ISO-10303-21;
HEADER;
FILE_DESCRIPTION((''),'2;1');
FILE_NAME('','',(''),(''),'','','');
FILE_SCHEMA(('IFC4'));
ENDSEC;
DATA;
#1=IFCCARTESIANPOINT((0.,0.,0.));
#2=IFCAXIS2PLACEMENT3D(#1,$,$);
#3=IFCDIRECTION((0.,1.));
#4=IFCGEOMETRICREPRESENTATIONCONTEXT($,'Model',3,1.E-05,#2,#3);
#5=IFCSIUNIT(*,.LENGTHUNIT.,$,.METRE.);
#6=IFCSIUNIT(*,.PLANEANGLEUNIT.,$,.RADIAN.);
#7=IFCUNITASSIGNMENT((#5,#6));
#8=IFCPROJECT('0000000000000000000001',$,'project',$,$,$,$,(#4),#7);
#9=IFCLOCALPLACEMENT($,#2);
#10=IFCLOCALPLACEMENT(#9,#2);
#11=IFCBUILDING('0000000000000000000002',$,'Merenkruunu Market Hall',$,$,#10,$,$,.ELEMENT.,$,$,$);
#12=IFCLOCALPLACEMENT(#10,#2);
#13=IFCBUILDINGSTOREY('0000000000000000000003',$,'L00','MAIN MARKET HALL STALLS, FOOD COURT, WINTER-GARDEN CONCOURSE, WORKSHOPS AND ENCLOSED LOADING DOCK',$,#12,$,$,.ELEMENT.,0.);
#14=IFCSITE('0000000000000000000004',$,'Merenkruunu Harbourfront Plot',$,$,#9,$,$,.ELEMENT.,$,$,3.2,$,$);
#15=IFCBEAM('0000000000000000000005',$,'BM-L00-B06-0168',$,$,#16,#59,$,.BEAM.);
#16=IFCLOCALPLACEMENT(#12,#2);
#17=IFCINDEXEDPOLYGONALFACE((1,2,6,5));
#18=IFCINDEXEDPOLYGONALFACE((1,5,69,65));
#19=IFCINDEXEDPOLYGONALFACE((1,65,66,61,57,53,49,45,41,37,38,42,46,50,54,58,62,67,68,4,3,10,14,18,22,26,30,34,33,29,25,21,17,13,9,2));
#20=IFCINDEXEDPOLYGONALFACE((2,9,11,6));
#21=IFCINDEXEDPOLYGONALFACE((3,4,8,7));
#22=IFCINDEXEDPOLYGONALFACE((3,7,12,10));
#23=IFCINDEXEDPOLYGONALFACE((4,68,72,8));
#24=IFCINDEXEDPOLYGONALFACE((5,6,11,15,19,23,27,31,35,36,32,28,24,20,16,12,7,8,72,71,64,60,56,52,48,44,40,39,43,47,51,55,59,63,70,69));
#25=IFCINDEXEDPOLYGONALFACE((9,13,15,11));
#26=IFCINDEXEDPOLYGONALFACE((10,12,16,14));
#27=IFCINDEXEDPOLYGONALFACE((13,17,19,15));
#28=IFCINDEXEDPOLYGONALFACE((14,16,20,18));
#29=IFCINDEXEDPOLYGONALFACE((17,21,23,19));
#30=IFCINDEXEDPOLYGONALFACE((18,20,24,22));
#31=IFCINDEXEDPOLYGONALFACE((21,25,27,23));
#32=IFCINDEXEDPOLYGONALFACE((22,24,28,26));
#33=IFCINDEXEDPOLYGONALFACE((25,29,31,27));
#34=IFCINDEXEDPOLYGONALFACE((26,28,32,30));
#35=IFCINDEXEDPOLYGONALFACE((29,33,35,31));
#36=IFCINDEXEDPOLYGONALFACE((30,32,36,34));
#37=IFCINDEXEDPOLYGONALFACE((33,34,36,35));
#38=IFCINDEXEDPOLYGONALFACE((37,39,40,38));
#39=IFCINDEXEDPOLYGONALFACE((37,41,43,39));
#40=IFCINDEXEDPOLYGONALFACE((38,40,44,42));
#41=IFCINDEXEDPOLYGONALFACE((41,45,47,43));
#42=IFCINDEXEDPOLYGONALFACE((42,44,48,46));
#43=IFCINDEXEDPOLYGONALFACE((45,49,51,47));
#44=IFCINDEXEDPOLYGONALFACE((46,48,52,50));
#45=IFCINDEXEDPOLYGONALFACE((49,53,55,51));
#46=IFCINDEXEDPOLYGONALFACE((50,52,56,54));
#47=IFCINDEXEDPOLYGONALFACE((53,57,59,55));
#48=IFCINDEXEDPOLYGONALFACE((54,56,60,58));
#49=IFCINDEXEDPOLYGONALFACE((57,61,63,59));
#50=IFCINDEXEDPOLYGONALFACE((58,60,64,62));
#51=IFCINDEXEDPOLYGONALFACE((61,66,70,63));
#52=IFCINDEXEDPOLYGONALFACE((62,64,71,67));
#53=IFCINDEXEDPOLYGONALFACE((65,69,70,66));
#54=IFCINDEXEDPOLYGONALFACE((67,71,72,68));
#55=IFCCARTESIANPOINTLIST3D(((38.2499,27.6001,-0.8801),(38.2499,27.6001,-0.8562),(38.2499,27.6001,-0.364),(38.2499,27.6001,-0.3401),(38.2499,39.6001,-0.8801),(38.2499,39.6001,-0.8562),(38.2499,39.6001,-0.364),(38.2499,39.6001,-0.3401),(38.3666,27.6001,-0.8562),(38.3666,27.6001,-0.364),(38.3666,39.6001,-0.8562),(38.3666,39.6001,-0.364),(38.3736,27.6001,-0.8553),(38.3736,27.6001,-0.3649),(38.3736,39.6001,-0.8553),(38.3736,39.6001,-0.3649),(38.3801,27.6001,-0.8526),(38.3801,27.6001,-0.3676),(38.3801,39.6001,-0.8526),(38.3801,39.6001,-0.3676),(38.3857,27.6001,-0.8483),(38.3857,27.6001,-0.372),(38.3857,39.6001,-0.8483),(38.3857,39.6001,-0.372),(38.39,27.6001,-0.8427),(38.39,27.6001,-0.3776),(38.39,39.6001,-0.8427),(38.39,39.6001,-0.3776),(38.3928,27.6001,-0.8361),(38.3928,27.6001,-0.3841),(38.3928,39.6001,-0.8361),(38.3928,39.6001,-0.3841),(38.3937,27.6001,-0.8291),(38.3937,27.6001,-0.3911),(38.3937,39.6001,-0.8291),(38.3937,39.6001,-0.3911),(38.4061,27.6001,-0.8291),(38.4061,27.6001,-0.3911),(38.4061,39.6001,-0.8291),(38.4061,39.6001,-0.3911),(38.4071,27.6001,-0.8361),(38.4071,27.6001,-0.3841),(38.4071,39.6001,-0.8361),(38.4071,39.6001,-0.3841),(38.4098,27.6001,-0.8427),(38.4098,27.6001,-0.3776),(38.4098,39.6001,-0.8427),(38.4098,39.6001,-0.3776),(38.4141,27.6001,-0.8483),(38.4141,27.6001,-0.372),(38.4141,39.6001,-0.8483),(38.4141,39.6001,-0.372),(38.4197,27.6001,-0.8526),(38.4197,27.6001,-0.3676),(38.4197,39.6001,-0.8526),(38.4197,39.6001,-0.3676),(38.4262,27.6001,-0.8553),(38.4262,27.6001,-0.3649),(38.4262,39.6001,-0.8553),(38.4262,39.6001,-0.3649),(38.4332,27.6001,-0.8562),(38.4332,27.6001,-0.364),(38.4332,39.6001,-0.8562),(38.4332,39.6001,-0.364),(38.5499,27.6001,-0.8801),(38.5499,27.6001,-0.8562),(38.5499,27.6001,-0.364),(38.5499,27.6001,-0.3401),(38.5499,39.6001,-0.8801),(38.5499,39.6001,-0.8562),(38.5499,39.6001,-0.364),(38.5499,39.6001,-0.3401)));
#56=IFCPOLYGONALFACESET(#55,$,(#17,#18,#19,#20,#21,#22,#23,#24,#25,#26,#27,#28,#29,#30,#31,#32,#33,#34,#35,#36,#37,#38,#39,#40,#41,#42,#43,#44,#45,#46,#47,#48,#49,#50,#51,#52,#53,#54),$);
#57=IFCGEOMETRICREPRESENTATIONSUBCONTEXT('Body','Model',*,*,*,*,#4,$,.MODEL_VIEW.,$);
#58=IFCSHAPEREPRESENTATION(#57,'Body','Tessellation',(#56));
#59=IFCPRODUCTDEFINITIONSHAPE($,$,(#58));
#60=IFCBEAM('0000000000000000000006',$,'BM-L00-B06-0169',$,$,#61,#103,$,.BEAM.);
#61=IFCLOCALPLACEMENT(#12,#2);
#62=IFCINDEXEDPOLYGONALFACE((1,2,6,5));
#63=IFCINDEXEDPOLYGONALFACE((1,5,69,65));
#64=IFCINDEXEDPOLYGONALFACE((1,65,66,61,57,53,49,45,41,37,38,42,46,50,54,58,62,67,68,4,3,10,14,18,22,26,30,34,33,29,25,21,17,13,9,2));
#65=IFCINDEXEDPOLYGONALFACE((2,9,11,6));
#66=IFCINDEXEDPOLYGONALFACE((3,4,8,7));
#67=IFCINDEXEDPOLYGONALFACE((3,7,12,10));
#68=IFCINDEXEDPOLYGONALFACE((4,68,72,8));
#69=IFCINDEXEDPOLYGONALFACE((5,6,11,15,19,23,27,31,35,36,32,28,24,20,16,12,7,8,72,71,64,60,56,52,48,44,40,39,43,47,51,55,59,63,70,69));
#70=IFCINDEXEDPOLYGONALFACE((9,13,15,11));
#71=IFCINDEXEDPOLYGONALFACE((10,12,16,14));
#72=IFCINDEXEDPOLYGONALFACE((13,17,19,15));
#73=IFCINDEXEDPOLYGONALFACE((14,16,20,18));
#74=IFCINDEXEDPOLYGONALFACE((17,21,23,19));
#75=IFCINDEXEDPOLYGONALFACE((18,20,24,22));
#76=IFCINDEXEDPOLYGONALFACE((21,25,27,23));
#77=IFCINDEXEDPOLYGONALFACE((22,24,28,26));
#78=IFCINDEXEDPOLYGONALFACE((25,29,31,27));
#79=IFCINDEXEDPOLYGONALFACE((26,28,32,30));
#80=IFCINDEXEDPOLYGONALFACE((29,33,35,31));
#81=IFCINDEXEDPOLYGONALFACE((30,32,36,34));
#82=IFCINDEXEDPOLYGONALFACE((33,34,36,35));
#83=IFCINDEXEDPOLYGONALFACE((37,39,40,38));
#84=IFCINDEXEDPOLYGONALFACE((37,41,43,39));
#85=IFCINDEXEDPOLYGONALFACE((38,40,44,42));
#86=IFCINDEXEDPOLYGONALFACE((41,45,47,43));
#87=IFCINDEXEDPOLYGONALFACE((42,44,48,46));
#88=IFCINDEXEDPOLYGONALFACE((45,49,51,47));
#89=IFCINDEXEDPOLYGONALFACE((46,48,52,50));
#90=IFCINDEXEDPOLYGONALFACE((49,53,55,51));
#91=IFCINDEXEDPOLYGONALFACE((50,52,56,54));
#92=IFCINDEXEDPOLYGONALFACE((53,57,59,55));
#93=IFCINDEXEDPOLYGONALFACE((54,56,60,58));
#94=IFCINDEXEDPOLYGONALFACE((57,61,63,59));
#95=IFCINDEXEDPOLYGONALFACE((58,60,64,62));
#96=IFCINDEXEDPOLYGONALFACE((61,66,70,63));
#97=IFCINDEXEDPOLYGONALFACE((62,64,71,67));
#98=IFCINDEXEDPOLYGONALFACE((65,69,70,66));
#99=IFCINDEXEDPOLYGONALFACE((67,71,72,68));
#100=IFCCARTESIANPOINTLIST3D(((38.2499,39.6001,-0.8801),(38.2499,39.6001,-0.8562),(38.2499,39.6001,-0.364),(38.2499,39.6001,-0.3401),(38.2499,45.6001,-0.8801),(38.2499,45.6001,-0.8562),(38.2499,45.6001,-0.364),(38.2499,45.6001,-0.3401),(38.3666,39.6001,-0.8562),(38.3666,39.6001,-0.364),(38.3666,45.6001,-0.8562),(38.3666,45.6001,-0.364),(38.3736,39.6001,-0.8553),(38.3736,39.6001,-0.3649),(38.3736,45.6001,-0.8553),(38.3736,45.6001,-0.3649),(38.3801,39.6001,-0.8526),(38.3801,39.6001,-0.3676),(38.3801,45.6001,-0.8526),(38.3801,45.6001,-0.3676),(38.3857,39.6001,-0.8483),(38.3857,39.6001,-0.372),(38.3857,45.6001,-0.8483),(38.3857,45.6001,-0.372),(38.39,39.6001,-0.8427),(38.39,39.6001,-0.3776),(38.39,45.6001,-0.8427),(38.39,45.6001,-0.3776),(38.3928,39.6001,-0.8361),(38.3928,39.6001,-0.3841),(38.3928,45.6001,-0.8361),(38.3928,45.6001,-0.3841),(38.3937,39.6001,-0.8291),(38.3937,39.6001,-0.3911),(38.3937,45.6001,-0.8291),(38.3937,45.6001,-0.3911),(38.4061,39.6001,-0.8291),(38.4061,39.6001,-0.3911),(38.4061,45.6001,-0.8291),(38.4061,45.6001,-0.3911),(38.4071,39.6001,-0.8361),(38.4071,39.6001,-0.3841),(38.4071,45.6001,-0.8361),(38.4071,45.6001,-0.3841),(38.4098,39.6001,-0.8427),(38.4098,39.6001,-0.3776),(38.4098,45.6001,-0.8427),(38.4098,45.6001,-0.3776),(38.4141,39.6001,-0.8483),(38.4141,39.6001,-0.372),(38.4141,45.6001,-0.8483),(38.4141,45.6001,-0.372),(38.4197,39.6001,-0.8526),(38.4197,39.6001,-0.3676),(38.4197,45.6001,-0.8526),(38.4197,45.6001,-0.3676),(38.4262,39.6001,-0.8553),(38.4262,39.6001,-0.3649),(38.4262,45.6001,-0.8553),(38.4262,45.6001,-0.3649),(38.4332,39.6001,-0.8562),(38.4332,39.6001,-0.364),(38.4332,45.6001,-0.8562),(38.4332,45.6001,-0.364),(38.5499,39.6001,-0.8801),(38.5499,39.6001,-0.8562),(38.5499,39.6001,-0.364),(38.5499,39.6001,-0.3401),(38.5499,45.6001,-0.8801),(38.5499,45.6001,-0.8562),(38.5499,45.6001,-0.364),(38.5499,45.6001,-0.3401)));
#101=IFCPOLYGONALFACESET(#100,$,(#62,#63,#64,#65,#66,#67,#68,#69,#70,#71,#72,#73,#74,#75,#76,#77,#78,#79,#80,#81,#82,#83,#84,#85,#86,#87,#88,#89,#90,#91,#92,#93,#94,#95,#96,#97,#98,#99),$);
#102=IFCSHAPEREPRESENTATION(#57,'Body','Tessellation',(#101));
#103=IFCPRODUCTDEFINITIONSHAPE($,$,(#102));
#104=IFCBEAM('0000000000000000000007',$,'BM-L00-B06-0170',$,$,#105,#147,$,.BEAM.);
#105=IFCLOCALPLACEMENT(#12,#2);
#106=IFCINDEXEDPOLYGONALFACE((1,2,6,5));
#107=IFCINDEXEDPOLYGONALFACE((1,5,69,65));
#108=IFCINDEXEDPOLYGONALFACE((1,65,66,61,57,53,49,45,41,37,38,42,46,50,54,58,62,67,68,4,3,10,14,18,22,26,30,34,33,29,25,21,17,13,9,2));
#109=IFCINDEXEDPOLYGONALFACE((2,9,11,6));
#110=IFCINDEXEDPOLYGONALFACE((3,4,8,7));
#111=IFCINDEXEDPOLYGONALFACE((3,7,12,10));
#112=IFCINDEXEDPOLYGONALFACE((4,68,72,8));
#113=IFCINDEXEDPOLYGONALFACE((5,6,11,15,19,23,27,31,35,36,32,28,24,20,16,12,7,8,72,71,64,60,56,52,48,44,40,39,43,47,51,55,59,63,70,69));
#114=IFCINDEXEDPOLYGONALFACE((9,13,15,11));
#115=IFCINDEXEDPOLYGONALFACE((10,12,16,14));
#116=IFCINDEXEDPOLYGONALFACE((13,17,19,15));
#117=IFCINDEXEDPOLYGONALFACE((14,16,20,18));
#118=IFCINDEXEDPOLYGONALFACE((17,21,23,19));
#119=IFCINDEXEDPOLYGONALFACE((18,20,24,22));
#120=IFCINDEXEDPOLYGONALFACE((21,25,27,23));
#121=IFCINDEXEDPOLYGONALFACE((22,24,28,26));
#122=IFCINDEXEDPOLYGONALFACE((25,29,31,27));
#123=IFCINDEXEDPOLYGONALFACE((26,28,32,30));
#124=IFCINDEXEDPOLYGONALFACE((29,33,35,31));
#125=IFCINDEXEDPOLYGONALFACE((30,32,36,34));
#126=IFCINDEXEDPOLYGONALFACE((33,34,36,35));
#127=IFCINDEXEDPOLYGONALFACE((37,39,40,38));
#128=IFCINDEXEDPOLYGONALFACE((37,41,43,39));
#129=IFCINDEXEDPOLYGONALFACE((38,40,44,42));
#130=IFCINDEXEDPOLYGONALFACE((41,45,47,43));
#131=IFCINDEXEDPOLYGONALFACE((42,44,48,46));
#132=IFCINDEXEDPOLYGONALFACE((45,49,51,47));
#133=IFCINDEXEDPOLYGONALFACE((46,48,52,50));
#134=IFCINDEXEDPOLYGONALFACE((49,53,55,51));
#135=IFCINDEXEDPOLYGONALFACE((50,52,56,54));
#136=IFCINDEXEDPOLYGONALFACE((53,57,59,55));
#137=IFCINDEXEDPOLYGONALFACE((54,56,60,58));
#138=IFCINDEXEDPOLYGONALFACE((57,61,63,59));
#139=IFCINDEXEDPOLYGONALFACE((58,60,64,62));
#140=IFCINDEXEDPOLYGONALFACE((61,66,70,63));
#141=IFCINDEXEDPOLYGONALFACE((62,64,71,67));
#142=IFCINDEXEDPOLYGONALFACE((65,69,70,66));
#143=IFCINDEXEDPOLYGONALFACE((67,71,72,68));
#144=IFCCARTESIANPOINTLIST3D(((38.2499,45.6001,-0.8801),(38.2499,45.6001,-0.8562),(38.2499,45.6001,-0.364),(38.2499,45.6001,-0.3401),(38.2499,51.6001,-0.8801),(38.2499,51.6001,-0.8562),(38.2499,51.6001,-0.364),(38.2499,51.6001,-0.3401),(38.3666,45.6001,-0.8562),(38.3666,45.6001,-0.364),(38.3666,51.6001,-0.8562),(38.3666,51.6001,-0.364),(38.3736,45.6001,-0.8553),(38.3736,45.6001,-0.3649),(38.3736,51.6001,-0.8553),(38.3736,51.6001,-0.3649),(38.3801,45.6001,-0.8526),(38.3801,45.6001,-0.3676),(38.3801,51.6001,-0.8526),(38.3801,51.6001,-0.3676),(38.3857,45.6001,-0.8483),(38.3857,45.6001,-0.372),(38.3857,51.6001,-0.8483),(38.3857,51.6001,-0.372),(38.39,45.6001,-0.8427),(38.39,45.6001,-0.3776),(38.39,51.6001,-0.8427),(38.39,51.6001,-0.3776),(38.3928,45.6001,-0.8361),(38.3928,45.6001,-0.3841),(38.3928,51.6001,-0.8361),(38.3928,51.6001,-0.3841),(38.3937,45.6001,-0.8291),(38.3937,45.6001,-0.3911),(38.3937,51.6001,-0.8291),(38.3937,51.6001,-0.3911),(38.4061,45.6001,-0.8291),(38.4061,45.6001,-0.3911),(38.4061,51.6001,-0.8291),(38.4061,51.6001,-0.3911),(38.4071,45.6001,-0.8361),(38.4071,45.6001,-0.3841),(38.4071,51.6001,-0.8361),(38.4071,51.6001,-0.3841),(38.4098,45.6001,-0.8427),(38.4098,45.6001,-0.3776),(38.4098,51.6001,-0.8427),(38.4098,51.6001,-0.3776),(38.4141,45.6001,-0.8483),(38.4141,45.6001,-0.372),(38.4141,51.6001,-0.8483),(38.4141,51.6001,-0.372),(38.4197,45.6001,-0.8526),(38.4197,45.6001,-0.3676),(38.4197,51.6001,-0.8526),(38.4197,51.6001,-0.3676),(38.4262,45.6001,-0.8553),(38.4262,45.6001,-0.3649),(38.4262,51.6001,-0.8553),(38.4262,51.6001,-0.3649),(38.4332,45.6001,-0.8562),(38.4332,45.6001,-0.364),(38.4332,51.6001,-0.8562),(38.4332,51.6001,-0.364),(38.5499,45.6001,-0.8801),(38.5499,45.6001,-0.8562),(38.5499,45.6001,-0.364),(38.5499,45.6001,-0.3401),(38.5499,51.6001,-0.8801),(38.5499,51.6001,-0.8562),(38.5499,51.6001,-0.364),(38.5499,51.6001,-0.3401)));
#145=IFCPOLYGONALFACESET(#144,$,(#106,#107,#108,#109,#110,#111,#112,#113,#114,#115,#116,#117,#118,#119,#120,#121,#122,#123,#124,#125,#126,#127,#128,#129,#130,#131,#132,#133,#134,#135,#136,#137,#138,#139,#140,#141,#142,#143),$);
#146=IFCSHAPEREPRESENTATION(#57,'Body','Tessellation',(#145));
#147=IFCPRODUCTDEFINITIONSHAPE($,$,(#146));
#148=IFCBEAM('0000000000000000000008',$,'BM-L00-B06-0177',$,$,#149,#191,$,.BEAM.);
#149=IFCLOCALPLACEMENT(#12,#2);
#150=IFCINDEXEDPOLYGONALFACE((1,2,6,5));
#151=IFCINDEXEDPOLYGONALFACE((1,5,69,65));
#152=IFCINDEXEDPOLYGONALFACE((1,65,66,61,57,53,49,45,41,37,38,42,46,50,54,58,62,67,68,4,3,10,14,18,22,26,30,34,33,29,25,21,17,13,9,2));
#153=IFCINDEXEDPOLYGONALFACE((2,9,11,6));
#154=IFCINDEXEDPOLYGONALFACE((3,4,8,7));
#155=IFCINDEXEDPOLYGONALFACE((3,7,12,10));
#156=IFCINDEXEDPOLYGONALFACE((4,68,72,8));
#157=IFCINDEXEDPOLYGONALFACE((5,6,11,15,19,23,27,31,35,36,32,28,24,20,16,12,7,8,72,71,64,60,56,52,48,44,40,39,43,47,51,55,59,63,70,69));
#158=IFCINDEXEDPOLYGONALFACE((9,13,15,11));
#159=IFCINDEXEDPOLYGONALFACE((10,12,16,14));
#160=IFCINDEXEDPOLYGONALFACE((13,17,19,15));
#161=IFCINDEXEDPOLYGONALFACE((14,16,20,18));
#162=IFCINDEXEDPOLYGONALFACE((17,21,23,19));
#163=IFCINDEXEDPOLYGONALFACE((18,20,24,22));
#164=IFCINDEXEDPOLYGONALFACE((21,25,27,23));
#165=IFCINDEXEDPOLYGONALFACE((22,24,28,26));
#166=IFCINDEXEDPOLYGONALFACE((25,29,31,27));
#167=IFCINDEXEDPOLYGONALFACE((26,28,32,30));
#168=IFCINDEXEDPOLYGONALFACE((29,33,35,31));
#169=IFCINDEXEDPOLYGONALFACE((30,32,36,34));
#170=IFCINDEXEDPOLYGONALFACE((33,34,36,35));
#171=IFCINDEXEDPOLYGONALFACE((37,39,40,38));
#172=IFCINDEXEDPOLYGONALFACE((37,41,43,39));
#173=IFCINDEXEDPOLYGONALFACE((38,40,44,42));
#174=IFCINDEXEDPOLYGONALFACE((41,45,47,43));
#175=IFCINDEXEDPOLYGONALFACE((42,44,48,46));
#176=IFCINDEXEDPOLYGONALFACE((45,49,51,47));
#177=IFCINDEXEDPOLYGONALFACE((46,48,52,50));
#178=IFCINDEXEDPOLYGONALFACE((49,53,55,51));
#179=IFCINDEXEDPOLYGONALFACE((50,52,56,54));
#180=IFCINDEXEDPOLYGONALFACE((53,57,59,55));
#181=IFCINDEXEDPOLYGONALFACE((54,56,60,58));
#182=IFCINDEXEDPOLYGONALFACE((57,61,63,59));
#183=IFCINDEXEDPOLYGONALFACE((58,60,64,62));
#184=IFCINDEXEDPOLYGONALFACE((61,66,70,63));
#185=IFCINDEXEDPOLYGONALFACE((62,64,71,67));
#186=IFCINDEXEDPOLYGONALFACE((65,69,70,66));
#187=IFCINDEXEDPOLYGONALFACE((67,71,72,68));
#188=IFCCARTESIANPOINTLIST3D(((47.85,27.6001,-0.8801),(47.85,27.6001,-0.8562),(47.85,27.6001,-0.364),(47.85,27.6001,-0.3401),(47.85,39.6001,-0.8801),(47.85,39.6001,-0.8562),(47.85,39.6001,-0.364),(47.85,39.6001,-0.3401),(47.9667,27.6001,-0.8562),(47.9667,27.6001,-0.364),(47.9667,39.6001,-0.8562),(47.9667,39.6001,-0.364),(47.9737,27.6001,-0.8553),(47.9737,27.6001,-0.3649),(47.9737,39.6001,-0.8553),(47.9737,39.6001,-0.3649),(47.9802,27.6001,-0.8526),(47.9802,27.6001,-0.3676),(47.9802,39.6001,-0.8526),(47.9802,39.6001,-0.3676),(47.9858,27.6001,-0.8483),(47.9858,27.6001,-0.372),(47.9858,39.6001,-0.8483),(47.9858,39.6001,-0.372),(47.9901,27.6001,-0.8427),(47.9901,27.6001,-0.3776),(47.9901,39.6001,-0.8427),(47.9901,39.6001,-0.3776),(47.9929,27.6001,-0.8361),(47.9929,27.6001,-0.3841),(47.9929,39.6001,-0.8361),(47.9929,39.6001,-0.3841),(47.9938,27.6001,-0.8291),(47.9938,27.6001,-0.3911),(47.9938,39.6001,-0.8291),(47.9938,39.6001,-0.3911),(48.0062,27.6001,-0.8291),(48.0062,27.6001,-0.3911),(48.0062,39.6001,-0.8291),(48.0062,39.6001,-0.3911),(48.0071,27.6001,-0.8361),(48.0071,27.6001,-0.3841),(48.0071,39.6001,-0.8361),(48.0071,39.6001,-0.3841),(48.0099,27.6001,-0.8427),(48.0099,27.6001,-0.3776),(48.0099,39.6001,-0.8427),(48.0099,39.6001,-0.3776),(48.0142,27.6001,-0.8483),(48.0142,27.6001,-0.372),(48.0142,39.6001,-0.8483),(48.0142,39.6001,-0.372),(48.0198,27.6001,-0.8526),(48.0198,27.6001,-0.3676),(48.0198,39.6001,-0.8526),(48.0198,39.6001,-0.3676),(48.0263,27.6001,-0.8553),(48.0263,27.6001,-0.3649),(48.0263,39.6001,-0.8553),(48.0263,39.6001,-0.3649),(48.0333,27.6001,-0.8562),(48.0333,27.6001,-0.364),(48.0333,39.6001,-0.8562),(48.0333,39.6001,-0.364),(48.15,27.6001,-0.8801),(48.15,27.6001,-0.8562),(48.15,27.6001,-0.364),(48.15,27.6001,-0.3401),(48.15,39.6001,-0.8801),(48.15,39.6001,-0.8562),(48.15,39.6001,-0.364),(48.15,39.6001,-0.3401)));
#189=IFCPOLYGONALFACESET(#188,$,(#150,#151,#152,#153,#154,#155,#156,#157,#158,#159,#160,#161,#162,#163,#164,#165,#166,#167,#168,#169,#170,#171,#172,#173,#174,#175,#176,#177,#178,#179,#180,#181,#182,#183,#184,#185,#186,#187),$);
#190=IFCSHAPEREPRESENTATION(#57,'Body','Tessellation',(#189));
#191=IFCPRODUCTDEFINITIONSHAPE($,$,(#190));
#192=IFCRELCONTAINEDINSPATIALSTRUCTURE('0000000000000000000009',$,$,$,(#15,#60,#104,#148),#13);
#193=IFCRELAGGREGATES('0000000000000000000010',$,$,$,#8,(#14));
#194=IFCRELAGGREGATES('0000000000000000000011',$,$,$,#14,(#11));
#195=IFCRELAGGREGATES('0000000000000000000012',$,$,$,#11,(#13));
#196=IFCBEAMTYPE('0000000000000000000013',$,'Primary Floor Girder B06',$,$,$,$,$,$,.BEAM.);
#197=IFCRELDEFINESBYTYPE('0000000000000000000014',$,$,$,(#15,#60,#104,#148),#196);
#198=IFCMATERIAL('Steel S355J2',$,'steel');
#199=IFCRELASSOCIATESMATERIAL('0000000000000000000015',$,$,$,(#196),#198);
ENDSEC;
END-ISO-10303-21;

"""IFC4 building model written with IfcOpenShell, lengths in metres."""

from ifc_helpers import new_model, si_unit, direction, frame, origin, origin_2d, place, context, subcontext, project, spatial, i_section, extrude, material, material_profile, profile_set, type_object, element, save


model = new_model("IFC4")

# Units and contexts
model_context = context("Model", 3, precision=1e-05, world=origin(), true_north=direction((0.0, 1.0)))
body_context = subcontext(model_context, "Body", "Model", "MODEL_VIEW")
ifc_project = project(units=[si_unit("LENGTHUNIT", "METRE"), si_unit("PLANEANGLEUNIT", "RADIAN")], contexts=[model_context])

# Site, building, storey
site_placement = place(None, origin())
site = spatial("IfcSite", under=ifc_project, at=site_placement, Name="Merenkruunu Harbourfront Plot", CompositionType="ELEMENT", RefElevation=3.2)
building_placement = place(site_placement, origin())
building = spatial("IfcBuilding", under=site, at=building_placement, Name="Merenkruunu Market Hall", CompositionType="ELEMENT")
storey_placement = place(building_placement, origin())
storey = spatial("IfcBuildingStorey", under=building, at=storey_placement, Name="L00", Description="MAIN MARKET HALL STALLS, FOOD COURT, WINTER-GARDEN CONCOURSE, WORKSHOPS AND ENCLOSED LOADING DOCK", CompositionType="ELEMENT", Elevation=0.0)

# Shared definitions
ifc_material_1 = material(Name="Steel S355J2", Category="steel")

# Beams
ifc_material_profile_1 = material_profile(ifc_material_1, i_section(OverallWidth=0.3, OverallDepth=0.54, WebThickness=0.0125, FlangeThickness=0.0239, FilletRadius=0.0271, at=origin_2d()), Name="HEA 550")
ifc_profile_set_1 = profile_set([ifc_material_profile_1], Name="Steel S355J2")
beam_type_1 = type_object("IfcBeamType", Name="Primary Floor Girder B06", PredefinedType="BEAM", material=ifc_profile_set_1)
beam_1_placement = place(storey_placement, frame((38.3999, 27.6001, -0.6101), z_axis=(0.0, 1.0, 0.0), x_axis=(-1.0, 0.0, 0.0)))
element("IfcBeam", 1, at=beam_1_placement, inside=storey, type_object=beam_type_1, Name="BM-L00-B06-0168", PredefinedType="BEAM", context=body_context, shape_type="SweptSolid", body=[
    extrude(i_section(OverallWidth=0.3, OverallDepth=0.54, WebThickness=0.0125, FlangeThickness=0.0239, FilletRadius=0.0271, at=origin_2d()), origin(), (0.0, 0.0, 1.0), 12.0),
])
for number, where, z_axis, x_axis, name in (
    (2, (38.3999, 39.6001, -0.6101), (0.0, 1.0, 0.0), (-1.0, 0.0, 0.0), "BM-L00-B06-0169"),
    (3, (38.3999, 45.6001, -0.6101), (0.0, 1.0, 0.0), (-1.0, 0.0, 0.0), "BM-L00-B06-0170"),
):
    element("IfcBeam", number, at=place(storey_placement, frame(where, z_axis=z_axis, x_axis=x_axis)), inside=storey, type_object=beam_type_1, Name=name, PredefinedType="BEAM", context=body_context, shape_type="SweptSolid", body=[
        extrude(i_section(OverallWidth=0.3, OverallDepth=0.54, WebThickness=0.0125, FlangeThickness=0.0239, FilletRadius=0.0271, at=origin_2d()), origin(), (0.0, 0.0, 1.0), 6.0),
    ])
beam_2_placement = place(storey_placement, frame((48.0, 27.6001, -0.6101), z_axis=(0.0, 1.0, 0.0), x_axis=(-1.0, 0.0, 0.0)))
element("IfcBeam", 4, at=beam_2_placement, inside=storey, type_object=beam_type_1, Name="BM-L00-B06-0177", PredefinedType="BEAM", context=body_context, shape_type="SweptSolid", body=[
    extrude(i_section(OverallWidth=0.3, OverallDepth=0.54, WebThickness=0.0125, FlangeThickness=0.0239, FilletRadius=0.0271, at=origin_2d()), origin(), (0.0, 0.0, 1.0), 12.0),
])

save(model, "model.ifc")
